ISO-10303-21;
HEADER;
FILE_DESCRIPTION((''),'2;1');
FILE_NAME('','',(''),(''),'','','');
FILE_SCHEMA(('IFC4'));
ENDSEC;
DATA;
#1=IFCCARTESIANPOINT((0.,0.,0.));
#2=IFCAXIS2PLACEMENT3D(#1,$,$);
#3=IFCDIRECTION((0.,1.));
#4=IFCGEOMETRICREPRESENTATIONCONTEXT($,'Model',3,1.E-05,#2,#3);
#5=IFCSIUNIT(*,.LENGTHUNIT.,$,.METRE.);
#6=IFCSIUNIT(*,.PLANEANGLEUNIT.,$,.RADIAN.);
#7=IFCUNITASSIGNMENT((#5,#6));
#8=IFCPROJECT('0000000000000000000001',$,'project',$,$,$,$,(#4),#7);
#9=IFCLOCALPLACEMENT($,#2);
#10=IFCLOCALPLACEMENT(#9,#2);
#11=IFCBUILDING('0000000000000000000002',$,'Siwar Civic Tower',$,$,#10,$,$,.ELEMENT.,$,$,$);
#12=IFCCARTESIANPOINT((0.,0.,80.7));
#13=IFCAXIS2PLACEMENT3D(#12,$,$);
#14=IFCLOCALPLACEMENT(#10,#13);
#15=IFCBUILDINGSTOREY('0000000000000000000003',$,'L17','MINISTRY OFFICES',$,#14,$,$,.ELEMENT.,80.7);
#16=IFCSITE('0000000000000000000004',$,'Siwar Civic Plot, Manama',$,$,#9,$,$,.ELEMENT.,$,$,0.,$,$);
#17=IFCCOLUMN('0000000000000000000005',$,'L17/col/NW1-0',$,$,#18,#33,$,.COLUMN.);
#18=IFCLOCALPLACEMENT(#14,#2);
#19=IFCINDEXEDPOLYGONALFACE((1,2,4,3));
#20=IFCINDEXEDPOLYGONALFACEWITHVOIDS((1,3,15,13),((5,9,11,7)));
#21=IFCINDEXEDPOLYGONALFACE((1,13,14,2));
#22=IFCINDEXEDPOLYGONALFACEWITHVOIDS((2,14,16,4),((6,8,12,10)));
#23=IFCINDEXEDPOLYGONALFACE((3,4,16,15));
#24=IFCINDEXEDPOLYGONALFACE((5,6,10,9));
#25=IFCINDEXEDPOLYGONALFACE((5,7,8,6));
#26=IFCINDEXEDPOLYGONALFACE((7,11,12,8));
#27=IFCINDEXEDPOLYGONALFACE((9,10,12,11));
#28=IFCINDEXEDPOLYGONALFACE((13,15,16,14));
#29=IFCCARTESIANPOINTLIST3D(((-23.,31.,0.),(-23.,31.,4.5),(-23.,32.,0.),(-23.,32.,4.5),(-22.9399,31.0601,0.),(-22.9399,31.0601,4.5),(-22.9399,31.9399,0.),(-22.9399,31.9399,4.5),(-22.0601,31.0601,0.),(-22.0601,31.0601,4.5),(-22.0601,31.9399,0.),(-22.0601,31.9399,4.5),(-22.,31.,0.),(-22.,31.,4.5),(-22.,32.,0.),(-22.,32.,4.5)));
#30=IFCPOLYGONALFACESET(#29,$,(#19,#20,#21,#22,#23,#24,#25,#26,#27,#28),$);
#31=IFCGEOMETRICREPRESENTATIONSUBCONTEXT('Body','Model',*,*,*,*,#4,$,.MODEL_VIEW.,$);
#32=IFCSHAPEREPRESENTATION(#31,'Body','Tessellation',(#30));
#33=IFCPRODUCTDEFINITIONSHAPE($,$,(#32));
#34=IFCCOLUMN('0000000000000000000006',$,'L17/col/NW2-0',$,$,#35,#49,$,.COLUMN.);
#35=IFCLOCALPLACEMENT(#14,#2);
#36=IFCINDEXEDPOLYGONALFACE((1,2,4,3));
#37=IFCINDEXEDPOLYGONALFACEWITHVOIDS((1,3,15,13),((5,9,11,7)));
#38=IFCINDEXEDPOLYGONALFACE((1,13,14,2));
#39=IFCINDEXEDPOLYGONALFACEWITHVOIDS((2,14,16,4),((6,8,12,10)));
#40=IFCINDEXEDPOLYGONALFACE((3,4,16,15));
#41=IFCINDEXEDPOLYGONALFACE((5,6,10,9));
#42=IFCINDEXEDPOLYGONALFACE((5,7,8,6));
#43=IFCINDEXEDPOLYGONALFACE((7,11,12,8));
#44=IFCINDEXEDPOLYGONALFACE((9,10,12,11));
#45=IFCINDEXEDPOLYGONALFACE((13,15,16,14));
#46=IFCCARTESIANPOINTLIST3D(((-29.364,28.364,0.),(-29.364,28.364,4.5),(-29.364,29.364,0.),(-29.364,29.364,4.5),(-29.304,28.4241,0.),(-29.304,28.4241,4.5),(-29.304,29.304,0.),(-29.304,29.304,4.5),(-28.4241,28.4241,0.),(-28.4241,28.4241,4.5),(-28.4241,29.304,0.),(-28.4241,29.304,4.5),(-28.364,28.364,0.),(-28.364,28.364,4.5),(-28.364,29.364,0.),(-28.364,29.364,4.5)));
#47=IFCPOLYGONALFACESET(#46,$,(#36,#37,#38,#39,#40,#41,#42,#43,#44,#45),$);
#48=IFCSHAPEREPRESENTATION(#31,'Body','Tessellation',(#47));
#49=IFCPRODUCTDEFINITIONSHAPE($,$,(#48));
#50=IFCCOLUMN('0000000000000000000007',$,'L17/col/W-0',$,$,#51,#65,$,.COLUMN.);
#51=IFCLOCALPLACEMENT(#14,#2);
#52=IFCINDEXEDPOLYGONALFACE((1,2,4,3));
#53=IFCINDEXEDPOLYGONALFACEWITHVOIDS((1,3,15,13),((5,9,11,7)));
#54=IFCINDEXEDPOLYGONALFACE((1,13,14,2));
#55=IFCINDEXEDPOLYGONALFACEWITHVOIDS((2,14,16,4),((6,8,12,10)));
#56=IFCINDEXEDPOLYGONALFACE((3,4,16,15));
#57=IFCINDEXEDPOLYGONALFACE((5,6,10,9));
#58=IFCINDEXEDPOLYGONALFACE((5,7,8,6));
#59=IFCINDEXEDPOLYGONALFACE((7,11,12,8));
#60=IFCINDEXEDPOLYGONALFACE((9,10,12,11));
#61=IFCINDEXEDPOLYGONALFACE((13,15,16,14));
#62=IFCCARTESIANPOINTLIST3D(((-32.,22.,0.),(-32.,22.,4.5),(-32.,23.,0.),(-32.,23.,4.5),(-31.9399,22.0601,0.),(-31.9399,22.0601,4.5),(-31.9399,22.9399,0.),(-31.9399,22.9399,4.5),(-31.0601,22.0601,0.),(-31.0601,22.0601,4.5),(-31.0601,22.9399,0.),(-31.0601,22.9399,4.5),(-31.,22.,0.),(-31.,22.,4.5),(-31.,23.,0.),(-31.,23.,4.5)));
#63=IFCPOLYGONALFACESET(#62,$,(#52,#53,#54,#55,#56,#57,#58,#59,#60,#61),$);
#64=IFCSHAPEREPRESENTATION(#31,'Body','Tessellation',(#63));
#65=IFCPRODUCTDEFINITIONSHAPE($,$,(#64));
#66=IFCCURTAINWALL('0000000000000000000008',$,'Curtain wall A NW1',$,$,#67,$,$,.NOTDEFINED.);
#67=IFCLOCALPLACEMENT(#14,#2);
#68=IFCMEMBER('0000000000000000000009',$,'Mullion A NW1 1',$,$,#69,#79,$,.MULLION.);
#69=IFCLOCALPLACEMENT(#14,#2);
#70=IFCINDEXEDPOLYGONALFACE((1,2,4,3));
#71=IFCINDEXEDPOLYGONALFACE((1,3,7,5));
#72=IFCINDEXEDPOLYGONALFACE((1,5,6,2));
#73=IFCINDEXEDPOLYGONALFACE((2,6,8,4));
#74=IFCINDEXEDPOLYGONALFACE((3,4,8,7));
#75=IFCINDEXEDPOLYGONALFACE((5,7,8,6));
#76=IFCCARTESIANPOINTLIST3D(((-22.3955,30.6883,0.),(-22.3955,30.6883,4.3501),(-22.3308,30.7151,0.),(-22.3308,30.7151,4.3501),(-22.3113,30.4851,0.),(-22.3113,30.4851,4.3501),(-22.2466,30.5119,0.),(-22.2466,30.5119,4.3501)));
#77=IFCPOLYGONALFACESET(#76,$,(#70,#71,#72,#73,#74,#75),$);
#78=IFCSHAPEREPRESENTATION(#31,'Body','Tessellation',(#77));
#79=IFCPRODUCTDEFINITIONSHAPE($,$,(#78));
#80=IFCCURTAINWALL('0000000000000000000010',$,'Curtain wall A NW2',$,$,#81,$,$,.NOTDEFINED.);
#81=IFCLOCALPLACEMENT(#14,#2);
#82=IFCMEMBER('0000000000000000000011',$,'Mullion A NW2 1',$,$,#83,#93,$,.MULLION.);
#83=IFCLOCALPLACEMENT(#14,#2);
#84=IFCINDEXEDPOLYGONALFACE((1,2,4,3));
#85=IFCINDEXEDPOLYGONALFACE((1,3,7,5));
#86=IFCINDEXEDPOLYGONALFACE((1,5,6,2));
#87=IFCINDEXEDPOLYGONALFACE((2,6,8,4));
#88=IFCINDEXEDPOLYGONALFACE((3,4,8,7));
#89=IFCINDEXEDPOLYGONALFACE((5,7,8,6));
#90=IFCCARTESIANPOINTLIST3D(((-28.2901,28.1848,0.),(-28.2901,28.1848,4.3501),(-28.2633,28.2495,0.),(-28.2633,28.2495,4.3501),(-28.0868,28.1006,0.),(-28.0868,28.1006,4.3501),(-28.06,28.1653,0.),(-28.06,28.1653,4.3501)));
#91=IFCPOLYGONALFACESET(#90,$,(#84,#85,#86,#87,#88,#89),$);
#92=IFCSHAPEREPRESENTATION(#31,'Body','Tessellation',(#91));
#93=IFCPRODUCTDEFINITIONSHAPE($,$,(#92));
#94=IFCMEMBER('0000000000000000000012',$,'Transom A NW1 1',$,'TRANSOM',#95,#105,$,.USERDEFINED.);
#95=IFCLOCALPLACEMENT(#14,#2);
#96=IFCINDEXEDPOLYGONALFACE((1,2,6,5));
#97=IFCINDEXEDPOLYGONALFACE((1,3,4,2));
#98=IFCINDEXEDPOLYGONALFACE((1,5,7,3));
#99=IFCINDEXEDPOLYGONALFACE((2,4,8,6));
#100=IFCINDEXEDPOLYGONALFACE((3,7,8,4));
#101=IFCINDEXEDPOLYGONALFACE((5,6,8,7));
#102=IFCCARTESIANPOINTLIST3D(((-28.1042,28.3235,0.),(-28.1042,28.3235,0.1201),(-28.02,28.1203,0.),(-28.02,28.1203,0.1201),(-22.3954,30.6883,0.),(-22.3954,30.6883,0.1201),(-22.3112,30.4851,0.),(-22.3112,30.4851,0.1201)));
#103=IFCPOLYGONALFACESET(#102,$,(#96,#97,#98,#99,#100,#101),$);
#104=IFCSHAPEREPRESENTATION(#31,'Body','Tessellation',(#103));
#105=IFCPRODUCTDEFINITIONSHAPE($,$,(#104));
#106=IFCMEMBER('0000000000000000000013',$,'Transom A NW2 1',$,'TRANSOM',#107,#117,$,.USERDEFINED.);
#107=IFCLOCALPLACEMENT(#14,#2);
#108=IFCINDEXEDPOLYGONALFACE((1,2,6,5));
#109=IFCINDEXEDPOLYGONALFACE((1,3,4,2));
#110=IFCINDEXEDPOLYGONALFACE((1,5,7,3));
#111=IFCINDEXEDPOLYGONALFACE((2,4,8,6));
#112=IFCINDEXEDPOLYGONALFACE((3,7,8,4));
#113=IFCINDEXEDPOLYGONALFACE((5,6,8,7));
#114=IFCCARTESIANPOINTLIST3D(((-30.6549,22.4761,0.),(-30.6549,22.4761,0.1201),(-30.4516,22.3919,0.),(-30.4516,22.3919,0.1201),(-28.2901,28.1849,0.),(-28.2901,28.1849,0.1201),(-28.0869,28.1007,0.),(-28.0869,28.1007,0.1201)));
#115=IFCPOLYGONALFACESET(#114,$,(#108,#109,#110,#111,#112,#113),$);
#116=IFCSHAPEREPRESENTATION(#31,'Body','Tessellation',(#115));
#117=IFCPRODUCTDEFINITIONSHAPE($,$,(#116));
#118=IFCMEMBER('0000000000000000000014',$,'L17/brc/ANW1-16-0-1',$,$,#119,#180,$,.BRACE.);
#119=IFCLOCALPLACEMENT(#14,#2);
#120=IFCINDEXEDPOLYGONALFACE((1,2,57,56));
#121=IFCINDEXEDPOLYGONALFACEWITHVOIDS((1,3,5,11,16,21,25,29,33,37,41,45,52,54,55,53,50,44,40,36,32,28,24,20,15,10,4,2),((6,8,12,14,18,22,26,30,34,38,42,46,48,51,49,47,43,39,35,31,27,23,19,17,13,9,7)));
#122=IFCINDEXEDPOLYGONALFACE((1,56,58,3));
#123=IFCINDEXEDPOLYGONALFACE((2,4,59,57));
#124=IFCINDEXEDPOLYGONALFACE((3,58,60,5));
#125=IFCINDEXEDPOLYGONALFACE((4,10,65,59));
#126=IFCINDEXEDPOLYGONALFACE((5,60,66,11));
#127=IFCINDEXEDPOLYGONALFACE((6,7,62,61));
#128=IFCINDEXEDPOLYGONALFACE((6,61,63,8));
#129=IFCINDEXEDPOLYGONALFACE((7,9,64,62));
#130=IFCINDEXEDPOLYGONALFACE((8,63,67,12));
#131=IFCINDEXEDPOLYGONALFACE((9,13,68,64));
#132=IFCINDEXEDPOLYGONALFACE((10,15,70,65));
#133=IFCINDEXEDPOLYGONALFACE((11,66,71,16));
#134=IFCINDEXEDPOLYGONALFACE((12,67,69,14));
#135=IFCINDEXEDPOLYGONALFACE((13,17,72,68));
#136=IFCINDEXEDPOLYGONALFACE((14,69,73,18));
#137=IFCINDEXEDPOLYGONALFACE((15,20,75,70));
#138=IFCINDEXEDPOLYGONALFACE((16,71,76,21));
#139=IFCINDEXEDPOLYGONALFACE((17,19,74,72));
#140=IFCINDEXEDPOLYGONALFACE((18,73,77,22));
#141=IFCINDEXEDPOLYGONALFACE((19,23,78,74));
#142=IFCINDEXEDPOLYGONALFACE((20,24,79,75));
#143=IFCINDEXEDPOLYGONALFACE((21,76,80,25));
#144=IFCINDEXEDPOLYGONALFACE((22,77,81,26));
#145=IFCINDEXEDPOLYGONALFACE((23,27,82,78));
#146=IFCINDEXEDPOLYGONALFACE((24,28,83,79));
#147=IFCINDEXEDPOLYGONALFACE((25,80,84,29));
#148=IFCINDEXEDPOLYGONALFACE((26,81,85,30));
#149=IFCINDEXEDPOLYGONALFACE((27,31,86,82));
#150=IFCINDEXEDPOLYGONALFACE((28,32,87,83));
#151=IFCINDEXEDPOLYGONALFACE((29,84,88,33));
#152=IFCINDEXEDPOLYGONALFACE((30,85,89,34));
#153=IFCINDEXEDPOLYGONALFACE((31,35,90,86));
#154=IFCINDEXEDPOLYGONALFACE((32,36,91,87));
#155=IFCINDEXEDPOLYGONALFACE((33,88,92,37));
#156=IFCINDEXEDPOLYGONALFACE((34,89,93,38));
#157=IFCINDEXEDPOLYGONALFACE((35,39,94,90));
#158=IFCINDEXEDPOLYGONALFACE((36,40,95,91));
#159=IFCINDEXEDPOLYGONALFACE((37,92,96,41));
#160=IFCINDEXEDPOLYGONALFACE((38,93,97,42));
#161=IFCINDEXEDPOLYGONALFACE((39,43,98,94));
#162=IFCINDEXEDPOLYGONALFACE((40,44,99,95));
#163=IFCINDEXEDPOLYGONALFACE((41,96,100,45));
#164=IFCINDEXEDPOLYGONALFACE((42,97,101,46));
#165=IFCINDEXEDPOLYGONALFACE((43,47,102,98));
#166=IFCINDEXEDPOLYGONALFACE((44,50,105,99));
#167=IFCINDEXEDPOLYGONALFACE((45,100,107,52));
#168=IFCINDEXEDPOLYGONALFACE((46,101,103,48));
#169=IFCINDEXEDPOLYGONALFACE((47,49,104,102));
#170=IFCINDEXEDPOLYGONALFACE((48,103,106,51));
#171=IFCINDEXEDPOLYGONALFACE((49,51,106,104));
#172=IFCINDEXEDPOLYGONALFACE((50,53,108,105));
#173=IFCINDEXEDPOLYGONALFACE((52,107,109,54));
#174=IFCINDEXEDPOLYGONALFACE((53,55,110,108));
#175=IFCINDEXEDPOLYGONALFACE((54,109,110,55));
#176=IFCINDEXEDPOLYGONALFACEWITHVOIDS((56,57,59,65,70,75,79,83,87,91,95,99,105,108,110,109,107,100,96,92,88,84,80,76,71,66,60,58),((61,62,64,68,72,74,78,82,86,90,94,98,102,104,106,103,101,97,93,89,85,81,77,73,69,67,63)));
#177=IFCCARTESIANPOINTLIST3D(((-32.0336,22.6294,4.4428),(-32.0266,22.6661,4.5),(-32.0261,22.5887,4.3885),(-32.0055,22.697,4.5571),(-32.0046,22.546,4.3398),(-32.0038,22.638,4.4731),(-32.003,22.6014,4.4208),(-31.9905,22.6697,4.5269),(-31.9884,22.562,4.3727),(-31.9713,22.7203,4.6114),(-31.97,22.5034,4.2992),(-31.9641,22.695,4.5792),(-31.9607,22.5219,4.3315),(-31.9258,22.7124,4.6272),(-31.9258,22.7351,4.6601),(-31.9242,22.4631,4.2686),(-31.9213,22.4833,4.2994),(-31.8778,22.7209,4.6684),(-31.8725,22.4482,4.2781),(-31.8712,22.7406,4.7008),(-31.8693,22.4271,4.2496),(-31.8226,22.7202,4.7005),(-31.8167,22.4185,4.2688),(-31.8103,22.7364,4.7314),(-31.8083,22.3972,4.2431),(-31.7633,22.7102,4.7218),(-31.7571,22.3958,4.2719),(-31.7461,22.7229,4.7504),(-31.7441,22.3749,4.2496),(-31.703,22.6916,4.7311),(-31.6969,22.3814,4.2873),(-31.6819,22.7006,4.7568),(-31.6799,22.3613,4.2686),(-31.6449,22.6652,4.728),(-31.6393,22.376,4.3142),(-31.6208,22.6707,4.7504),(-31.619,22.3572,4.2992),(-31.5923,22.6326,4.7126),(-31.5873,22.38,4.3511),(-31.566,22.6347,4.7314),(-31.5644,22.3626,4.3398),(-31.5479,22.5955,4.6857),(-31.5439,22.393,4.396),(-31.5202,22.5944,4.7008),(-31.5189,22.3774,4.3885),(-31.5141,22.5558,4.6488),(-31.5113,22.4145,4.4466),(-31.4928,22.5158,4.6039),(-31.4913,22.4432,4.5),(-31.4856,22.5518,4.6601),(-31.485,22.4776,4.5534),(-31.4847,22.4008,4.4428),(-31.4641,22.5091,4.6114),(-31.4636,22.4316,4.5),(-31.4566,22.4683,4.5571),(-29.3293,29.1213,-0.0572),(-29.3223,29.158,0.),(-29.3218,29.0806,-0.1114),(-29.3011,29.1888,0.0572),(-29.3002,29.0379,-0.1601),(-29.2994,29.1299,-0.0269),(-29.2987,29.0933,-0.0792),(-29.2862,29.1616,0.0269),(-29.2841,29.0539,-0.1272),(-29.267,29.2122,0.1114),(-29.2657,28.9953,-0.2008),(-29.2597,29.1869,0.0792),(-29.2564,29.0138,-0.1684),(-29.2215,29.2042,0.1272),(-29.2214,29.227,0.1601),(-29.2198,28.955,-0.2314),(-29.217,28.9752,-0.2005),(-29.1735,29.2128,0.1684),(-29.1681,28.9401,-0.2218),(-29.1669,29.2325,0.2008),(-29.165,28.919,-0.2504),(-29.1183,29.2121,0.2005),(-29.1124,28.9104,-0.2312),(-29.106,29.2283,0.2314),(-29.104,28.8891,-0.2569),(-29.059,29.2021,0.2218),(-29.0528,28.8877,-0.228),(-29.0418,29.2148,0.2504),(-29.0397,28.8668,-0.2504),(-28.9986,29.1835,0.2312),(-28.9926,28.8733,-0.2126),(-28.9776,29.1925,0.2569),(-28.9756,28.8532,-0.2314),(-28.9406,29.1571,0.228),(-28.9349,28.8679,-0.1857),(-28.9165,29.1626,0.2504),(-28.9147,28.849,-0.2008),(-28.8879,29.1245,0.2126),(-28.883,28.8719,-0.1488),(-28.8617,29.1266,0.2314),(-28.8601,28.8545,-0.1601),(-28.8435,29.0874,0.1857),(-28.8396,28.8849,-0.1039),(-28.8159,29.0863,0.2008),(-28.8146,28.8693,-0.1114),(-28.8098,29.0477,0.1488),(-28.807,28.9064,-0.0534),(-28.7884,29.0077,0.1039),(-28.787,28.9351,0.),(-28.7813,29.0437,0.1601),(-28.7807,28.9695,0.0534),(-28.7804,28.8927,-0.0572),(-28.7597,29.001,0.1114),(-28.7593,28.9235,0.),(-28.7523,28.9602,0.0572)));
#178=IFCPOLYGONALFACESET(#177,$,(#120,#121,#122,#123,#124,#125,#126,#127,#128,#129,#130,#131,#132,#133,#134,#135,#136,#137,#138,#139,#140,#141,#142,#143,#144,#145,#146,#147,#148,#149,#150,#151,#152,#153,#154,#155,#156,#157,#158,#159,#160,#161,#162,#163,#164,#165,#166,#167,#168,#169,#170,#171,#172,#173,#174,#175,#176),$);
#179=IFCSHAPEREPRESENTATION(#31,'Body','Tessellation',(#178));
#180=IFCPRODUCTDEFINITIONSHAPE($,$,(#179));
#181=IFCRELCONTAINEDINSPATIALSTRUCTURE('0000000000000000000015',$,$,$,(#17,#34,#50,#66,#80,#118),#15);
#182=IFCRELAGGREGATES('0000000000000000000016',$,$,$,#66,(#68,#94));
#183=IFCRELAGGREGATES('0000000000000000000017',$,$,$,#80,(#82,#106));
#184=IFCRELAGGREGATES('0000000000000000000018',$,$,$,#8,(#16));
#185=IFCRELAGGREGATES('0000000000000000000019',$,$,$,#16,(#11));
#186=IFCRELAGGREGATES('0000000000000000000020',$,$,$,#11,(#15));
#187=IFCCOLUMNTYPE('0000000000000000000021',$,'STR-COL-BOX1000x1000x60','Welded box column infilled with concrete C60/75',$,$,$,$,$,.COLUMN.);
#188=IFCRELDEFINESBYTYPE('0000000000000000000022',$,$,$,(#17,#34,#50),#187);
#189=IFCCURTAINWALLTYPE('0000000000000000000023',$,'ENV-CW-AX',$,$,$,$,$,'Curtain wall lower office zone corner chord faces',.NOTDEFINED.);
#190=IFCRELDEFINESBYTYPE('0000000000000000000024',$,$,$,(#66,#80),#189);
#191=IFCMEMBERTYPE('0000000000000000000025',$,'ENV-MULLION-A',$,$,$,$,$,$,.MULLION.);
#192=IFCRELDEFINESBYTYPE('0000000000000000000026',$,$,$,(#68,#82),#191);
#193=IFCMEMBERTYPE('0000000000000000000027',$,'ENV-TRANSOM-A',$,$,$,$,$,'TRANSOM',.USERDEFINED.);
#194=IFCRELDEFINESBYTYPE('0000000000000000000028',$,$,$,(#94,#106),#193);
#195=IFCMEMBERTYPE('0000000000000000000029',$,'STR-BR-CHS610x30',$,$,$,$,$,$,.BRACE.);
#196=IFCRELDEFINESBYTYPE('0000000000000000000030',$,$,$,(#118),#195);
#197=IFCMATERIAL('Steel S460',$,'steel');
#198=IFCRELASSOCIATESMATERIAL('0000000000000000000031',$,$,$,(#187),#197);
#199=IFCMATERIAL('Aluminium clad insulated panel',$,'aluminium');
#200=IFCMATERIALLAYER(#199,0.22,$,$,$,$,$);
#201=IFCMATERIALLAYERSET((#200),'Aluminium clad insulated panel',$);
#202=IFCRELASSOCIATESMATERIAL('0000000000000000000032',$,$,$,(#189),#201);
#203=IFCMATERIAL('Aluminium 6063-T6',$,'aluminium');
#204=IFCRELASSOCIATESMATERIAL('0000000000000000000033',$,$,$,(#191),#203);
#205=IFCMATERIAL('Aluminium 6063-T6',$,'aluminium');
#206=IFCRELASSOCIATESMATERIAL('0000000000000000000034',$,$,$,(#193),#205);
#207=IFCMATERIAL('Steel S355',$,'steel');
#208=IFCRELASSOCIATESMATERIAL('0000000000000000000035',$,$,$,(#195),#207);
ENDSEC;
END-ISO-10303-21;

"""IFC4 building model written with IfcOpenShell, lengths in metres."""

from ifc_helpers import new_model, si_unit, direction, frame, origin, origin_2d, place, context, subcontext, project, spatial, rectangle, hollow_rectangle, hollow_circle, extrude, material, layer, layer_set, material_profile, profile_set, type_object, element, aggregate, save


model = new_model("IFC4")

# Units and contexts
model_context = context("Model", 3, precision=1e-05, world=origin(), true_north=direction((0.0, 1.0)))
body_context = subcontext(model_context, "Body", "Model", "MODEL_VIEW")
ifc_project = project(units=[si_unit("LENGTHUNIT", "METRE"), si_unit("PLANEANGLEUNIT", "RADIAN")], contexts=[model_context])

# Site, building, storey
site_placement = place(None, origin())
site = spatial("IfcSite", under=ifc_project, at=site_placement, Name="Siwar Civic Plot, Manama", CompositionType="ELEMENT", RefElevation=0.0)
building_placement = place(site_placement, origin())
building = spatial("IfcBuilding", under=site, at=building_placement, Name="Siwar Civic Tower", CompositionType="ELEMENT")
storey_placement = place(building_placement, frame((0.0, 0.0, 80.7)))
storey = spatial("IfcBuildingStorey", under=building, at=storey_placement, Name="L17", Description="MINISTRY OFFICES", CompositionType="ELEMENT", Elevation=80.7)

# Columns
ifc_material_1 = material(Name="Steel S460", Category="steel")
ifc_material_profile_1 = material_profile(ifc_material_1, hollow_rectangle(XDim=1.0, YDim=1.0, WallThickness=0.0601, at=origin_2d()), Name="BOX1000x1000x60")
ifc_profile_set_1 = profile_set([ifc_material_profile_1], Name="Steel S460")
column_type = type_object("IfcColumnType", Name="STR-COL-BOX1000x1000x60", Description="Welded box column infilled with concrete C60/75", PredefinedType="COLUMN", material=ifc_profile_set_1)
for number, where, z_axis, x_axis, name in (
    (1, (-22.5, 31.5, 0.0), (0.0, 0.0, 1.0), (1.0, 0.0, 0.0), "L17/col/NW1-0"),
    (2, (-28.864, 28.864, 0.0), (0.0, 0.0, 1.0), (1.0, 0.0, 0.0), "L17/col/NW2-0"),
    (3, (-31.5, 22.5, 0.0), (0.0, 0.0, 1.0), (1.0, 0.0, 0.0), "L17/col/W-0"),
):
    element("IfcColumn", number, at=place(storey_placement, frame(where, z_axis=z_axis, x_axis=x_axis)), inside=storey, type_object=column_type, Name=name, PredefinedType="COLUMN", context=body_context, shape_type="SweptSolid", body=[
        extrude(hollow_rectangle(XDim=1.0, YDim=1.0, WallThickness=0.0601, at=origin_2d()), origin(), (0.0, 0.0, 1.0), 4.5),
    ])

# Curtain walls, members
ifc_material_2 = material(Name="Aluminium clad insulated panel", Category="aluminium")
ifc_layer_1 = layer(ifc_material_2, 0.22)
ifc_layer_set_1 = layer_set([ifc_layer_1], Name="Aluminium clad insulated panel")
curtain_wall_type_1 = type_object("IfcCurtainWallType", Name="ENV-CW-AX", ElementType="Curtain wall lower office zone corner chord faces", PredefinedType="NOTDEFINED", material=ifc_layer_set_1)
curtain_wall_1_placement = place(storey_placement, origin())
curtain_wall_1 = element("IfcCurtainWall", 4, at=curtain_wall_1_placement, inside=storey, type_object=curtain_wall_type_1, Name="Curtain wall A NW1", PredefinedType="NOTDEFINED")
ifc_material_3 = material(Name="Aluminium 6063-T6", Category="aluminium")
ifc_material_profile_2 = material_profile(ifc_material_3, rectangle(XDim=0.22, YDim=0.0701, at=origin_2d()), Name="AL 220x70")
ifc_profile_set_2 = profile_set([ifc_material_profile_2], Name="Aluminium 6063-T6")
member_type_1 = type_object("IfcMemberType", Name="ENV-MULLION-A", PredefinedType="MULLION", material=ifc_profile_set_2)
member_1_placement = place(storey_placement, frame((-22.321, 30.6001, 0.0), z_axis=(0.0, 0.0, 1.0), x_axis=(0.382683, -0.92388, 0.0)))
member_1 = element("IfcMember", 5, at=member_1_placement, type_object=member_type_1, Name="Mullion A NW1 1", PredefinedType="MULLION", context=body_context, shape_type="SweptSolid", body=[
    extrude(rectangle(XDim=0.22, YDim=0.0701, at=origin_2d()), origin(), (0.0, 0.0, 1.0), 4.3501),
])
curtain_wall_2_placement = place(storey_placement, origin())
curtain_wall_2 = element("IfcCurtainWall", 6, at=curtain_wall_2_placement, inside=storey, type_object=curtain_wall_type_1, Name="Curtain wall A NW2", PredefinedType="NOTDEFINED")
member_2_placement = place(storey_placement, frame((-28.175, 28.175, 0.0), z_axis=(0.0, 0.0, 1.0), x_axis=(0.92388, -0.382683, 0.0)))
member_2 = element("IfcMember", 7, at=member_2_placement, type_object=member_type_1, Name="Mullion A NW2 1", PredefinedType="MULLION", context=body_context, shape_type="SweptSolid", body=[
    extrude(rectangle(XDim=0.22, YDim=0.0701, at=origin_2d()), origin(), (0.0, 0.0, 1.0), 4.3501),
])

# Members
ifc_material_4 = material(Name="Aluminium 6063-T6", Category="aluminium")
ifc_material_profile_3 = material_profile(ifc_material_4, rectangle(XDim=0.22, YDim=0.1201, at=origin_2d()), Name="AL 220x120")
ifc_profile_set_3 = profile_set([ifc_material_profile_3], Name="Aluminium 6063-T6")
member_type_2 = type_object("IfcMemberType", Name="ENV-TRANSOM-A", ElementType="TRANSOM", PredefinedType="USERDEFINED", material=ifc_profile_set_3)
member_3_placement = place(storey_placement, frame((-22.3533, 30.5867, 0.0601), z_axis=(-0.923873, -0.382698, 0.0), x_axis=(0.382698, -0.923873, 0.0)))
member_3 = element("IfcMember", 8, at=member_3_placement, type_object=member_type_2, Name="Transom A NW1 1", ObjectType="TRANSOM", PredefinedType="USERDEFINED", context=body_context, shape_type="SweptSolid", body=[
    extrude(rectangle(XDim=0.22, YDim=0.1201, at=origin_2d()), origin(), (0.0, 0.0, 1.0), 6.1792),
])
member_4_placement = place(storey_placement, frame((-28.1885, 28.1428, 0.0601), z_axis=(-0.382698, -0.923873, 0.0), x_axis=(0.923873, -0.382698, 0.0)))
member_4 = element("IfcMember", 9, at=member_4_placement, type_object=member_type_2, Name="Transom A NW2 1", ObjectType="TRANSOM", PredefinedType="USERDEFINED", context=body_context, shape_type="SweptSolid", body=[
    extrude(rectangle(XDim=0.22, YDim=0.1201, at=origin_2d()), origin(), (0.0, 0.0, 1.0), 6.1792),
])

# Member
ifc_material_5 = material(Name="Steel S355", Category="steel")
ifc_material_profile_4 = material_profile(ifc_material_5, hollow_circle(Radius=0.3049, WallThickness=0.03, at=origin_2d()), Name="CHS610x30")
ifc_profile_set_4 = profile_set([ifc_material_profile_4], Name="Steel S355")
member_type_3 = type_object("IfcMemberType", Name="STR-BR-CHS610x30", PredefinedType="BRACE", material=ifc_profile_set_4)
member_5_placement = place(storey_placement, frame((-29.0408, 29.0408, 0.0), z_axis=(-0.323906, -0.777555, 0.538975), x_axis=(0.923109, -0.384539, 0.0)))
element("IfcMember", 10, at=member_5_placement, inside=storey, type_object=member_type_3, Name="L17/brc/ANW1-16-0-1", PredefinedType="BRACE", context=body_context, shape_type="SweptSolid", body=[
    extrude(hollow_circle(Radius=0.3049, WallThickness=0.03, at=origin_2d()), origin(), (0.0, 0.0, 1.0), 8.3491),
])

aggregate(curtain_wall_1, [member_1, member_3])
aggregate(curtain_wall_2, [member_2, member_4])

save(model, "model.ifc")
